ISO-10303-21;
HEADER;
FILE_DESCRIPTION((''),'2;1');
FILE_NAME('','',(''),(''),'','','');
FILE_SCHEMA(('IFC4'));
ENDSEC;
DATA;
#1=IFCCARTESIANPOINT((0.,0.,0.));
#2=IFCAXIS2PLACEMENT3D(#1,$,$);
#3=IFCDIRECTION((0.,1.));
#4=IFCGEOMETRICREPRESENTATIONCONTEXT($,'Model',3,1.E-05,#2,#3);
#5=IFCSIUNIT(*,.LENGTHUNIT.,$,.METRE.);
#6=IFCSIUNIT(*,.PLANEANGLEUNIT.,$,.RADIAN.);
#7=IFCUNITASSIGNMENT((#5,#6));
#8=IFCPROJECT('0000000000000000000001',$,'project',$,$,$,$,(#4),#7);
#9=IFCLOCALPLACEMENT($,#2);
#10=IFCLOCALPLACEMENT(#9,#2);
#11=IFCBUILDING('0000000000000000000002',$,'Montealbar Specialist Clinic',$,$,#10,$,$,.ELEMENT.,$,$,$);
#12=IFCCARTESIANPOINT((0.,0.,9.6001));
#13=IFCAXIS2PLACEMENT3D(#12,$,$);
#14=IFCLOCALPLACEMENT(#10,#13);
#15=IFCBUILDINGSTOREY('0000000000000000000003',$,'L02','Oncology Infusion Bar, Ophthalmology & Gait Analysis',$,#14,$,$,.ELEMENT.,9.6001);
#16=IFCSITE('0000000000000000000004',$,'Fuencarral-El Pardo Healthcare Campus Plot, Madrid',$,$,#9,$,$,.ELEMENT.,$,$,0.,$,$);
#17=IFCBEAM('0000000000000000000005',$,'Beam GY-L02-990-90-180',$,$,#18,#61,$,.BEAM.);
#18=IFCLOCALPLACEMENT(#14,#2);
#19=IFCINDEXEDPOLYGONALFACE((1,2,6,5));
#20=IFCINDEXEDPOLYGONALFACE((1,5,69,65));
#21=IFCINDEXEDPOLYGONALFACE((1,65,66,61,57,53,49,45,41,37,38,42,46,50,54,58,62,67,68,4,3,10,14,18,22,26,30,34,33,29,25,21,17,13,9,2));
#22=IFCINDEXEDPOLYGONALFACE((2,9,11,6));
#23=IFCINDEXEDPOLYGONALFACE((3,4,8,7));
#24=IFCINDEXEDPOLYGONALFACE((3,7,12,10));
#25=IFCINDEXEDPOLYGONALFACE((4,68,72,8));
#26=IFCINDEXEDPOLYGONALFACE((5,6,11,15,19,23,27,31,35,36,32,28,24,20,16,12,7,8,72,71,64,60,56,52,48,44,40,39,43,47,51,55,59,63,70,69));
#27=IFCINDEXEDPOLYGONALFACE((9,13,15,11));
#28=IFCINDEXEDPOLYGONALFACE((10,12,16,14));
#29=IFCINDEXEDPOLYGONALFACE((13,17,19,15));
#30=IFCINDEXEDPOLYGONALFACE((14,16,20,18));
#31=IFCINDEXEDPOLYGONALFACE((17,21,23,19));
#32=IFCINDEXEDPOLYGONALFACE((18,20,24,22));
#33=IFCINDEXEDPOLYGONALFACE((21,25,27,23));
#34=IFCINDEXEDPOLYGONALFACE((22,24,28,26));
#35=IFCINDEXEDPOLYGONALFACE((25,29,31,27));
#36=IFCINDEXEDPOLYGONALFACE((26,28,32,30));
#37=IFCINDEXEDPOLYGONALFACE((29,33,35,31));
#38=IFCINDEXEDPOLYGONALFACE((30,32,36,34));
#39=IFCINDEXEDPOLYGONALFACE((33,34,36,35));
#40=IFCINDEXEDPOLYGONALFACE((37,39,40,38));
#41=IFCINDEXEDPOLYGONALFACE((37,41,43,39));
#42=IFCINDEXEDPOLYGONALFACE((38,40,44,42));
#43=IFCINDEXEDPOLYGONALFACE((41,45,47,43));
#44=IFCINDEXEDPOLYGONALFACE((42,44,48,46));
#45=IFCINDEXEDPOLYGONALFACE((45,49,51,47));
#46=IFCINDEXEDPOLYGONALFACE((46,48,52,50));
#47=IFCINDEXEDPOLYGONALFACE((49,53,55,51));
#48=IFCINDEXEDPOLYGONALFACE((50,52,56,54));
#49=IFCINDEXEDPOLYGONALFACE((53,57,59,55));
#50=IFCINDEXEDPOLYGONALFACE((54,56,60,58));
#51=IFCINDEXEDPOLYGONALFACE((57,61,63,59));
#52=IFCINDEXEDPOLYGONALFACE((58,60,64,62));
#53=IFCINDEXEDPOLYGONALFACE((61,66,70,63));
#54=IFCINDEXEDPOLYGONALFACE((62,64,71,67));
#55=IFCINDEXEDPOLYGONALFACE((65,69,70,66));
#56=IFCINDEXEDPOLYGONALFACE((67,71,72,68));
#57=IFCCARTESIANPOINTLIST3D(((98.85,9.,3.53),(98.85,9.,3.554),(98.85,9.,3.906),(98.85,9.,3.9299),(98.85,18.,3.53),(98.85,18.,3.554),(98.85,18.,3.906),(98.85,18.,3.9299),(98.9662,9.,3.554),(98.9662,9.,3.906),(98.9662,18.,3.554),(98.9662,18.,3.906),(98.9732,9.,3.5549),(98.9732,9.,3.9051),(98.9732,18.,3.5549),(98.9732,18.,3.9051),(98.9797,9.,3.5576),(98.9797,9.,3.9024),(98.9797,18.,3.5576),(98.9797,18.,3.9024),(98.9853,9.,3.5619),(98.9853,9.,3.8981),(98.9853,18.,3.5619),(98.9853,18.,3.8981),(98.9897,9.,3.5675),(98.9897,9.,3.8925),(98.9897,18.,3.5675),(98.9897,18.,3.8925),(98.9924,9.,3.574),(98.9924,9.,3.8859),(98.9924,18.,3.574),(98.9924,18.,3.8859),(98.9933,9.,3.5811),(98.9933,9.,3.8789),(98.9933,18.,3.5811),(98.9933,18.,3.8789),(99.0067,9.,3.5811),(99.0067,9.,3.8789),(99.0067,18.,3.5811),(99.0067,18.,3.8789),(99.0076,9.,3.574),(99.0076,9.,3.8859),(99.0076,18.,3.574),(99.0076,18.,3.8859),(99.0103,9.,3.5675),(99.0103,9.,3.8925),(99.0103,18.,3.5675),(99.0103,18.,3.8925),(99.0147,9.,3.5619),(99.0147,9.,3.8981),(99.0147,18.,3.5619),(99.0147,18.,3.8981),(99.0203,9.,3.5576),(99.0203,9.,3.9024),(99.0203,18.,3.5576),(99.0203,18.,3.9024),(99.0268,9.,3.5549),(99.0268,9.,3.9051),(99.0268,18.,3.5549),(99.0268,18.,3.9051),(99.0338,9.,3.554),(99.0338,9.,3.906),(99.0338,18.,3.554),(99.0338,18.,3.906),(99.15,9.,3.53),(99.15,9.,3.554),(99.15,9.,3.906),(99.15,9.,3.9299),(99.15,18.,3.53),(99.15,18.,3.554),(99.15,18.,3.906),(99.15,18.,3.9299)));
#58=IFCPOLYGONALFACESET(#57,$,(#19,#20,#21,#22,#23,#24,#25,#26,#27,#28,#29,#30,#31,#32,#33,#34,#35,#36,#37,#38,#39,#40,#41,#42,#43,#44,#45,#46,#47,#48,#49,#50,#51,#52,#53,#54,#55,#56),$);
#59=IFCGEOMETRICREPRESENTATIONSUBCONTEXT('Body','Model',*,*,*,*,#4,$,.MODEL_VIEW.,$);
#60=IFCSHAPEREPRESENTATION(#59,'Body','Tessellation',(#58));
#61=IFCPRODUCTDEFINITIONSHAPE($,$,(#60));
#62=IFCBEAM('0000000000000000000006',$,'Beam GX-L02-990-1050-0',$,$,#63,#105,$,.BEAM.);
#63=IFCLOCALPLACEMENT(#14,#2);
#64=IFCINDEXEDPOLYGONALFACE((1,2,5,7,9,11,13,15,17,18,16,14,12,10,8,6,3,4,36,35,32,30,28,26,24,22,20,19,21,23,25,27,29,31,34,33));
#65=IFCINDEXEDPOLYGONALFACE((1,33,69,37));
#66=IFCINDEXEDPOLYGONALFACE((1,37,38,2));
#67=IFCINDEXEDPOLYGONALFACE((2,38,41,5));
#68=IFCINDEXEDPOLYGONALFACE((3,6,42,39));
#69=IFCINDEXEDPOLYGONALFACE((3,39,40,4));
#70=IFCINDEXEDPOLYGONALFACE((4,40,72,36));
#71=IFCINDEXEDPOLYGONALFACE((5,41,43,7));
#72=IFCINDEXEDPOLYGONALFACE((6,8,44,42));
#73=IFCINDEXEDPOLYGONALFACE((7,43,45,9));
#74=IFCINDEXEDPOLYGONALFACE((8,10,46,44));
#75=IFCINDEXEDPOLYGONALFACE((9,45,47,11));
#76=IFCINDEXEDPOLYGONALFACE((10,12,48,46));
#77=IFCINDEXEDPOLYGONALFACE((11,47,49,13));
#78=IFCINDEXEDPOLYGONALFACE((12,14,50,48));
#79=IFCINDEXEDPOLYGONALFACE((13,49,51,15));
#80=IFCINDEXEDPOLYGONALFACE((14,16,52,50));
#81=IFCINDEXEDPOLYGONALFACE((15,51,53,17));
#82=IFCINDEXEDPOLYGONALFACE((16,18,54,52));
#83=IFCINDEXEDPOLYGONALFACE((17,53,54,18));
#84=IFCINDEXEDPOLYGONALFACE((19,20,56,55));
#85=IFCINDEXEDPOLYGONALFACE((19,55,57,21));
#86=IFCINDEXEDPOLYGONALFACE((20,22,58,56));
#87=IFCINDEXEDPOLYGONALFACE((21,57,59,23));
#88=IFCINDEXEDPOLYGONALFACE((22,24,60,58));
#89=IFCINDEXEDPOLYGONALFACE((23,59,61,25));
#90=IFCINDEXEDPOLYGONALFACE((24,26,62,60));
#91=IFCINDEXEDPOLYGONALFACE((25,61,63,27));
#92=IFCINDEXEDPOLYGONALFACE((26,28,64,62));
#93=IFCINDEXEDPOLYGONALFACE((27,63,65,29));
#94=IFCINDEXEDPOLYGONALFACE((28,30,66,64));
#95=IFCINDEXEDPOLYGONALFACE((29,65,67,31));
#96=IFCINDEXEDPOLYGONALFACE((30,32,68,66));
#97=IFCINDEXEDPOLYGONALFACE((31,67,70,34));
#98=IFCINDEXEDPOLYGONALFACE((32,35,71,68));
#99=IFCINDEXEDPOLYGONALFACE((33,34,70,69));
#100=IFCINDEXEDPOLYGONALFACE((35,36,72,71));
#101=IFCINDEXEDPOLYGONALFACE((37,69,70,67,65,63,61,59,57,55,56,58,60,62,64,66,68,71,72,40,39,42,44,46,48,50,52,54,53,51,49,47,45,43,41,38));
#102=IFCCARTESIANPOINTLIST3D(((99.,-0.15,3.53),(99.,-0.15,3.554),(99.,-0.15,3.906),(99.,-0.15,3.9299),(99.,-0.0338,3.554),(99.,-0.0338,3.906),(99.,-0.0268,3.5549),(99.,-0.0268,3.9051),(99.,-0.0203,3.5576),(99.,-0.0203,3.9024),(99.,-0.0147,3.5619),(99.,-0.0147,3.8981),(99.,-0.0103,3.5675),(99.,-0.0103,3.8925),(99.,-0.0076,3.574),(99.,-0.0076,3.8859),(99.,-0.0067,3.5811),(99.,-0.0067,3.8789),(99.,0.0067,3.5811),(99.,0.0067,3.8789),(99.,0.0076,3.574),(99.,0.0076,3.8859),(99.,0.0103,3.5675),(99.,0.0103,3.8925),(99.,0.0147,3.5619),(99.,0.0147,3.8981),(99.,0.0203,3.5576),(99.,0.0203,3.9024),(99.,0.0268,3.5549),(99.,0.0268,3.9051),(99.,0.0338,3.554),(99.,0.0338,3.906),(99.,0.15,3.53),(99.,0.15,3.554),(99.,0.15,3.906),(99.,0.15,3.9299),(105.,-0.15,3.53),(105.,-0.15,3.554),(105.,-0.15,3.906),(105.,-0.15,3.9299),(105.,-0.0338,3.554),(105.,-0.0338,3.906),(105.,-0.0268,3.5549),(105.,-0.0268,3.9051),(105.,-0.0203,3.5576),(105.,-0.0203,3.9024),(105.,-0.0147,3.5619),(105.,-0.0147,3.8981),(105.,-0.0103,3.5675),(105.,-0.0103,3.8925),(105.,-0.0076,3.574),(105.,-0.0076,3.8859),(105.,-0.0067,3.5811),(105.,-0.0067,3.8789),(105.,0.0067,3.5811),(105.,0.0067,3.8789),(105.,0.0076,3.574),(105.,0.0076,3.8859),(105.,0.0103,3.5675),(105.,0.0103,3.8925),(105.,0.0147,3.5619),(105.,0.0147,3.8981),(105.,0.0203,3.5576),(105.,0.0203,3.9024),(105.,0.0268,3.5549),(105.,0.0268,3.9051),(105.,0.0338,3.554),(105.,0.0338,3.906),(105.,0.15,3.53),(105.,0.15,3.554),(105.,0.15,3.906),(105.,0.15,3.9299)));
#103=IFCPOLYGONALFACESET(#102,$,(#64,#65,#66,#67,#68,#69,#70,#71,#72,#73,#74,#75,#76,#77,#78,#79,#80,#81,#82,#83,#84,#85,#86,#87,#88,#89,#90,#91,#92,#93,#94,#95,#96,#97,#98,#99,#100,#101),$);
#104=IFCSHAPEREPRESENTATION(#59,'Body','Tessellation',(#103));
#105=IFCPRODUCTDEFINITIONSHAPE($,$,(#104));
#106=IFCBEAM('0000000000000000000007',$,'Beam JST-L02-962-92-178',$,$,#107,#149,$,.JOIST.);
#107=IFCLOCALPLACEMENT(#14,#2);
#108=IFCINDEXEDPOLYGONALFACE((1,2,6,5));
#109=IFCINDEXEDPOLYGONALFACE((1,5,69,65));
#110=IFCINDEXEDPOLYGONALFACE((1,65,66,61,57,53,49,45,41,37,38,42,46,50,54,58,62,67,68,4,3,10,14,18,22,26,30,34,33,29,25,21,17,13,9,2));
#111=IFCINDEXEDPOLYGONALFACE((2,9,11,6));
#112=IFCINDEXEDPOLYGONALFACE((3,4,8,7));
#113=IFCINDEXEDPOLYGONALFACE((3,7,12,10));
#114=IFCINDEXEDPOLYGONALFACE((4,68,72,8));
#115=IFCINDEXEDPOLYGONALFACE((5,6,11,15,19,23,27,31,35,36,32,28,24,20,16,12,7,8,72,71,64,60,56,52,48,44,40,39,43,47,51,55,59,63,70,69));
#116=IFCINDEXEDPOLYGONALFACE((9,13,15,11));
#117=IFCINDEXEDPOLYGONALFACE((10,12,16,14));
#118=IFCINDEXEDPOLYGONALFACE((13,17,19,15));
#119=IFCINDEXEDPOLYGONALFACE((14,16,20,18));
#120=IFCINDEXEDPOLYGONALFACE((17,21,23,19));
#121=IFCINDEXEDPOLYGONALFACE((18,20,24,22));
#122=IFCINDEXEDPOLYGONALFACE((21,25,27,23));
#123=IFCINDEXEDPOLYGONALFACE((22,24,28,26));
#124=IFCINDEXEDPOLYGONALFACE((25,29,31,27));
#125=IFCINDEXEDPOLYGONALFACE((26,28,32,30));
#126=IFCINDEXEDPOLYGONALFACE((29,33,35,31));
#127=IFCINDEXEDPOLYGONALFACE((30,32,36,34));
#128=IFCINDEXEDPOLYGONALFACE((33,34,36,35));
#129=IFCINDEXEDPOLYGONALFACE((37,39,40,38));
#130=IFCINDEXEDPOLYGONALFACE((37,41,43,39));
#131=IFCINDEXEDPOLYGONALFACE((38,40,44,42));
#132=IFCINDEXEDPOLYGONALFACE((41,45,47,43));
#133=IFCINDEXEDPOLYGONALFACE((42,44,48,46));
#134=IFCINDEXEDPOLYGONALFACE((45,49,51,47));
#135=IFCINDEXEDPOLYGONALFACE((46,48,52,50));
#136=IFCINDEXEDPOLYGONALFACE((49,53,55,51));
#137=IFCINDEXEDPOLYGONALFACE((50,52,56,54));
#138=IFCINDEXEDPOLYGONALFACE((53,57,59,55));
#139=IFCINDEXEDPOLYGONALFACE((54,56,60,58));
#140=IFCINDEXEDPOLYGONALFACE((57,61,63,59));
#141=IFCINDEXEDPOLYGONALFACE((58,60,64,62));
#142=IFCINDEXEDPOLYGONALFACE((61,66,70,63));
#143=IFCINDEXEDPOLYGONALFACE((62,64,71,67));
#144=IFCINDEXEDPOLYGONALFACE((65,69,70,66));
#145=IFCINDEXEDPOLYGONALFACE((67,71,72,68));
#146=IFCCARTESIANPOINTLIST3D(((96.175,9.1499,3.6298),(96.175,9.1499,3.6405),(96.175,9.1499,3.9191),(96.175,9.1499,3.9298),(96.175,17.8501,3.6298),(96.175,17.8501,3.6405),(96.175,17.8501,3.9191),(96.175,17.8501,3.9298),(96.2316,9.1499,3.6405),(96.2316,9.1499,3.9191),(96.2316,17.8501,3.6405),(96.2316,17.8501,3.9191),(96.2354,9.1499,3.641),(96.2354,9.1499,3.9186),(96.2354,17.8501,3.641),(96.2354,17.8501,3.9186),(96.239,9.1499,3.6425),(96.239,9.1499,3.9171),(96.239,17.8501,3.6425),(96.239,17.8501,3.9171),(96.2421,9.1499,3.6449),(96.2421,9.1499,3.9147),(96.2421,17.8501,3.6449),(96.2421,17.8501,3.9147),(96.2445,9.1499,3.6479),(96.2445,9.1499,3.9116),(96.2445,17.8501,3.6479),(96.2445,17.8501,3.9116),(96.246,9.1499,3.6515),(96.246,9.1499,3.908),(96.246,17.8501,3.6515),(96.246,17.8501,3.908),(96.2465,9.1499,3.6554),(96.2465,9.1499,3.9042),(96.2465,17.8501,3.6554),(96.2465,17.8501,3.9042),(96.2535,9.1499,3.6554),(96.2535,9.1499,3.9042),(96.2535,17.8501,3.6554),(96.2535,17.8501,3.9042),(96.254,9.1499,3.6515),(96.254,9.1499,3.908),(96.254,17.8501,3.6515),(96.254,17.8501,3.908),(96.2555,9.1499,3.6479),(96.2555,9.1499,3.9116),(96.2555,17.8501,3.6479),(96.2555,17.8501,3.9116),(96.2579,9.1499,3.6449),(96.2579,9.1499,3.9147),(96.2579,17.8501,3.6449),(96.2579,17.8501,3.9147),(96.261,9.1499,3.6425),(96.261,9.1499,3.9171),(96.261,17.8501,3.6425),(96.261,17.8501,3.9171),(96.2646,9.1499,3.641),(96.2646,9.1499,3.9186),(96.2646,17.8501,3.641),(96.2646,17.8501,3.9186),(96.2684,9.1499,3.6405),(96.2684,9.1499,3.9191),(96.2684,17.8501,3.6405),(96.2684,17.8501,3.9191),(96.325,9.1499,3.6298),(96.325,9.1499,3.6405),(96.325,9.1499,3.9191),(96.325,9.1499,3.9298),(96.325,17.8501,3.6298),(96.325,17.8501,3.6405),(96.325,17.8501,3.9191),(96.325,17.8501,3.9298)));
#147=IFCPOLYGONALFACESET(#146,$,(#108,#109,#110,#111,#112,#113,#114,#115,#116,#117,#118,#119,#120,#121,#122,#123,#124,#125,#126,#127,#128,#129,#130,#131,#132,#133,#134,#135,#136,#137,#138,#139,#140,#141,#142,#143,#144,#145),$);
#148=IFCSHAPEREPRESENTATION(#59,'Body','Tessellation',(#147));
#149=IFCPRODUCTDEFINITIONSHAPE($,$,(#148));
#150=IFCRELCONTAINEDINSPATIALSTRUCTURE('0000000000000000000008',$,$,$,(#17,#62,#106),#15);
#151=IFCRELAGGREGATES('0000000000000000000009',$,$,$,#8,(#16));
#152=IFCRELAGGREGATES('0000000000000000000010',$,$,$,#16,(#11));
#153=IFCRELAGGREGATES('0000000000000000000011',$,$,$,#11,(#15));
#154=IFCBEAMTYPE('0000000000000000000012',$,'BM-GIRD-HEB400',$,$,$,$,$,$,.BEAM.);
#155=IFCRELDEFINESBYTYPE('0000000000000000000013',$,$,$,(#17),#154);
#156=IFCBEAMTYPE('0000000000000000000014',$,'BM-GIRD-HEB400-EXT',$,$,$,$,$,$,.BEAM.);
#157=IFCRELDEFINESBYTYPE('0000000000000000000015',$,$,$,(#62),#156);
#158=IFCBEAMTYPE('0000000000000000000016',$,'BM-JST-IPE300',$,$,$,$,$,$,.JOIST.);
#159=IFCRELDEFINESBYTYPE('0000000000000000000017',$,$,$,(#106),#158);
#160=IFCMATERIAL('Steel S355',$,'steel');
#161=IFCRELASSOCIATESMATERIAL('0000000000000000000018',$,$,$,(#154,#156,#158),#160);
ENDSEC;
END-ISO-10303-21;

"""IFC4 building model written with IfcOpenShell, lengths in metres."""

from ifc_helpers import new_model, si_unit, direction, frame, origin, origin_2d, place, context, subcontext, project, spatial, i_section, extrude, material, material_profile, profile_set, type_object, element, save


model = new_model("IFC4")

# Units and contexts
model_context = context("Model", 3, precision=1e-05, world=origin(), true_north=direction((0.0, 1.0)))
body_context = subcontext(model_context, "Body", "Model", "MODEL_VIEW")
ifc_project = project(units=[si_unit("LENGTHUNIT", "METRE"), si_unit("PLANEANGLEUNIT", "RADIAN")], contexts=[model_context])

# Site, building, storey
site_placement = place(None, origin())
site = spatial("IfcSite", under=ifc_project, at=site_placement, Name="Fuencarral-El Pardo Healthcare Campus Plot, Madrid", CompositionType="ELEMENT", RefElevation=0.0)
building_placement = place(site_placement, origin())
building = spatial("IfcBuilding", under=site, at=building_placement, Name="Montealbar Specialist Clinic", CompositionType="ELEMENT")
storey_placement = place(building_placement, frame((0.0, 0.0, 9.6001)))
storey = spatial("IfcBuildingStorey", under=building, at=storey_placement, Name="L02", Description="Oncology Infusion Bar, Ophthalmology & Gait Analysis", CompositionType="ELEMENT", Elevation=9.6001)

# Shared definitions
ifc_material_1 = material(Name="Steel S355", Category="steel")

# Beams
ifc_material_profile_1 = material_profile(ifc_material_1, i_section(OverallWidth=0.3, OverallDepth=0.3999, WebThickness=0.0134, FlangeThickness=0.0239, FilletRadius=0.0271, at=origin_2d()), Name="HEB 400", Category="steel")
ifc_profile_set_1 = profile_set([ifc_material_profile_1], Name="Steel S355")
beam_type_1 = type_object("IfcBeamType", Name="BM-GIRD-HEB400", PredefinedType="BEAM", material=ifc_profile_set_1)
for number, where, z_axis, x_axis, name in (
    (1, (99.0, 9.0, 3.73), (0.0, 1.0, 0.0), (-1.0, 0.0, 0.0), "Beam GY-L02-990-90-180"),
):
    element("IfcBeam", number, at=place(storey_placement, frame(where, z_axis=z_axis, x_axis=x_axis)), inside=storey, type_object=beam_type_1, Name=name, PredefinedType="BEAM", context=body_context, shape_type="SweptSolid", body=[
        extrude(i_section(OverallWidth=0.3, OverallDepth=0.3999, WebThickness=0.0134, FlangeThickness=0.0239, FilletRadius=0.0271, at=origin_2d()), origin(), (0.0, 0.0, 1.0), 9.0),
    ])
ifc_material_profile_2 = material_profile(ifc_material_1, i_section(OverallWidth=0.3, OverallDepth=0.3999, WebThickness=0.0134, FlangeThickness=0.0239, FilletRadius=0.0271, at=origin_2d()), Name="HEB 400", Category="steel")
ifc_profile_set_2 = profile_set([ifc_material_profile_2], Name="Steel S355")
beam_type_2 = type_object("IfcBeamType", Name="BM-GIRD-HEB400-EXT", PredefinedType="BEAM", material=ifc_profile_set_2)
beam_1_placement = place(storey_placement, frame((99.0, 0.0, 3.73), z_axis=(1.0, 0.0, 0.0), x_axis=(0.0, 1.0, 0.0)))
element("IfcBeam", 2, at=beam_1_placement, inside=storey, type_object=beam_type_2, Name="Beam GX-L02-990-1050-0", PredefinedType="BEAM", context=body_context, shape_type="SweptSolid", body=[
    extrude(i_section(OverallWidth=0.3, OverallDepth=0.3999, WebThickness=0.0134, FlangeThickness=0.0239, FilletRadius=0.0271, at=origin_2d()), origin(), (0.0, 0.0, 1.0), 6.0),
])
ifc_material_profile_3 = material_profile(ifc_material_1, i_section(OverallWidth=0.1499, OverallDepth=0.3, WebThickness=0.0071, FlangeThickness=0.0107, FilletRadius=0.0149, at=origin_2d()), Name="IPE 300", Category="steel")
ifc_profile_set_3 = profile_set([ifc_material_profile_3], Name="Steel S355")
beam_type_3 = type_object("IfcBeamType", Name="BM-JST-IPE300", PredefinedType="JOIST", material=ifc_profile_set_3)
beam_2_placement = place(storey_placement, frame((96.25, 9.1499, 3.7798), z_axis=(0.0, 1.0, 0.0), x_axis=(-1.0, 0.0, 0.0)))
element("IfcBeam", 3, at=beam_2_placement, inside=storey, type_object=beam_type_3, Name="Beam JST-L02-962-92-178", PredefinedType="JOIST", context=body_context, shape_type="SweptSolid", body=[
    extrude(i_section(OverallWidth=0.1499, OverallDepth=0.3, WebThickness=0.0071, FlangeThickness=0.0107, FilletRadius=0.0149, at=origin_2d()), origin(), (0.0, 0.0, 1.0), 8.7002),
])

save(model, "model.ifc")
